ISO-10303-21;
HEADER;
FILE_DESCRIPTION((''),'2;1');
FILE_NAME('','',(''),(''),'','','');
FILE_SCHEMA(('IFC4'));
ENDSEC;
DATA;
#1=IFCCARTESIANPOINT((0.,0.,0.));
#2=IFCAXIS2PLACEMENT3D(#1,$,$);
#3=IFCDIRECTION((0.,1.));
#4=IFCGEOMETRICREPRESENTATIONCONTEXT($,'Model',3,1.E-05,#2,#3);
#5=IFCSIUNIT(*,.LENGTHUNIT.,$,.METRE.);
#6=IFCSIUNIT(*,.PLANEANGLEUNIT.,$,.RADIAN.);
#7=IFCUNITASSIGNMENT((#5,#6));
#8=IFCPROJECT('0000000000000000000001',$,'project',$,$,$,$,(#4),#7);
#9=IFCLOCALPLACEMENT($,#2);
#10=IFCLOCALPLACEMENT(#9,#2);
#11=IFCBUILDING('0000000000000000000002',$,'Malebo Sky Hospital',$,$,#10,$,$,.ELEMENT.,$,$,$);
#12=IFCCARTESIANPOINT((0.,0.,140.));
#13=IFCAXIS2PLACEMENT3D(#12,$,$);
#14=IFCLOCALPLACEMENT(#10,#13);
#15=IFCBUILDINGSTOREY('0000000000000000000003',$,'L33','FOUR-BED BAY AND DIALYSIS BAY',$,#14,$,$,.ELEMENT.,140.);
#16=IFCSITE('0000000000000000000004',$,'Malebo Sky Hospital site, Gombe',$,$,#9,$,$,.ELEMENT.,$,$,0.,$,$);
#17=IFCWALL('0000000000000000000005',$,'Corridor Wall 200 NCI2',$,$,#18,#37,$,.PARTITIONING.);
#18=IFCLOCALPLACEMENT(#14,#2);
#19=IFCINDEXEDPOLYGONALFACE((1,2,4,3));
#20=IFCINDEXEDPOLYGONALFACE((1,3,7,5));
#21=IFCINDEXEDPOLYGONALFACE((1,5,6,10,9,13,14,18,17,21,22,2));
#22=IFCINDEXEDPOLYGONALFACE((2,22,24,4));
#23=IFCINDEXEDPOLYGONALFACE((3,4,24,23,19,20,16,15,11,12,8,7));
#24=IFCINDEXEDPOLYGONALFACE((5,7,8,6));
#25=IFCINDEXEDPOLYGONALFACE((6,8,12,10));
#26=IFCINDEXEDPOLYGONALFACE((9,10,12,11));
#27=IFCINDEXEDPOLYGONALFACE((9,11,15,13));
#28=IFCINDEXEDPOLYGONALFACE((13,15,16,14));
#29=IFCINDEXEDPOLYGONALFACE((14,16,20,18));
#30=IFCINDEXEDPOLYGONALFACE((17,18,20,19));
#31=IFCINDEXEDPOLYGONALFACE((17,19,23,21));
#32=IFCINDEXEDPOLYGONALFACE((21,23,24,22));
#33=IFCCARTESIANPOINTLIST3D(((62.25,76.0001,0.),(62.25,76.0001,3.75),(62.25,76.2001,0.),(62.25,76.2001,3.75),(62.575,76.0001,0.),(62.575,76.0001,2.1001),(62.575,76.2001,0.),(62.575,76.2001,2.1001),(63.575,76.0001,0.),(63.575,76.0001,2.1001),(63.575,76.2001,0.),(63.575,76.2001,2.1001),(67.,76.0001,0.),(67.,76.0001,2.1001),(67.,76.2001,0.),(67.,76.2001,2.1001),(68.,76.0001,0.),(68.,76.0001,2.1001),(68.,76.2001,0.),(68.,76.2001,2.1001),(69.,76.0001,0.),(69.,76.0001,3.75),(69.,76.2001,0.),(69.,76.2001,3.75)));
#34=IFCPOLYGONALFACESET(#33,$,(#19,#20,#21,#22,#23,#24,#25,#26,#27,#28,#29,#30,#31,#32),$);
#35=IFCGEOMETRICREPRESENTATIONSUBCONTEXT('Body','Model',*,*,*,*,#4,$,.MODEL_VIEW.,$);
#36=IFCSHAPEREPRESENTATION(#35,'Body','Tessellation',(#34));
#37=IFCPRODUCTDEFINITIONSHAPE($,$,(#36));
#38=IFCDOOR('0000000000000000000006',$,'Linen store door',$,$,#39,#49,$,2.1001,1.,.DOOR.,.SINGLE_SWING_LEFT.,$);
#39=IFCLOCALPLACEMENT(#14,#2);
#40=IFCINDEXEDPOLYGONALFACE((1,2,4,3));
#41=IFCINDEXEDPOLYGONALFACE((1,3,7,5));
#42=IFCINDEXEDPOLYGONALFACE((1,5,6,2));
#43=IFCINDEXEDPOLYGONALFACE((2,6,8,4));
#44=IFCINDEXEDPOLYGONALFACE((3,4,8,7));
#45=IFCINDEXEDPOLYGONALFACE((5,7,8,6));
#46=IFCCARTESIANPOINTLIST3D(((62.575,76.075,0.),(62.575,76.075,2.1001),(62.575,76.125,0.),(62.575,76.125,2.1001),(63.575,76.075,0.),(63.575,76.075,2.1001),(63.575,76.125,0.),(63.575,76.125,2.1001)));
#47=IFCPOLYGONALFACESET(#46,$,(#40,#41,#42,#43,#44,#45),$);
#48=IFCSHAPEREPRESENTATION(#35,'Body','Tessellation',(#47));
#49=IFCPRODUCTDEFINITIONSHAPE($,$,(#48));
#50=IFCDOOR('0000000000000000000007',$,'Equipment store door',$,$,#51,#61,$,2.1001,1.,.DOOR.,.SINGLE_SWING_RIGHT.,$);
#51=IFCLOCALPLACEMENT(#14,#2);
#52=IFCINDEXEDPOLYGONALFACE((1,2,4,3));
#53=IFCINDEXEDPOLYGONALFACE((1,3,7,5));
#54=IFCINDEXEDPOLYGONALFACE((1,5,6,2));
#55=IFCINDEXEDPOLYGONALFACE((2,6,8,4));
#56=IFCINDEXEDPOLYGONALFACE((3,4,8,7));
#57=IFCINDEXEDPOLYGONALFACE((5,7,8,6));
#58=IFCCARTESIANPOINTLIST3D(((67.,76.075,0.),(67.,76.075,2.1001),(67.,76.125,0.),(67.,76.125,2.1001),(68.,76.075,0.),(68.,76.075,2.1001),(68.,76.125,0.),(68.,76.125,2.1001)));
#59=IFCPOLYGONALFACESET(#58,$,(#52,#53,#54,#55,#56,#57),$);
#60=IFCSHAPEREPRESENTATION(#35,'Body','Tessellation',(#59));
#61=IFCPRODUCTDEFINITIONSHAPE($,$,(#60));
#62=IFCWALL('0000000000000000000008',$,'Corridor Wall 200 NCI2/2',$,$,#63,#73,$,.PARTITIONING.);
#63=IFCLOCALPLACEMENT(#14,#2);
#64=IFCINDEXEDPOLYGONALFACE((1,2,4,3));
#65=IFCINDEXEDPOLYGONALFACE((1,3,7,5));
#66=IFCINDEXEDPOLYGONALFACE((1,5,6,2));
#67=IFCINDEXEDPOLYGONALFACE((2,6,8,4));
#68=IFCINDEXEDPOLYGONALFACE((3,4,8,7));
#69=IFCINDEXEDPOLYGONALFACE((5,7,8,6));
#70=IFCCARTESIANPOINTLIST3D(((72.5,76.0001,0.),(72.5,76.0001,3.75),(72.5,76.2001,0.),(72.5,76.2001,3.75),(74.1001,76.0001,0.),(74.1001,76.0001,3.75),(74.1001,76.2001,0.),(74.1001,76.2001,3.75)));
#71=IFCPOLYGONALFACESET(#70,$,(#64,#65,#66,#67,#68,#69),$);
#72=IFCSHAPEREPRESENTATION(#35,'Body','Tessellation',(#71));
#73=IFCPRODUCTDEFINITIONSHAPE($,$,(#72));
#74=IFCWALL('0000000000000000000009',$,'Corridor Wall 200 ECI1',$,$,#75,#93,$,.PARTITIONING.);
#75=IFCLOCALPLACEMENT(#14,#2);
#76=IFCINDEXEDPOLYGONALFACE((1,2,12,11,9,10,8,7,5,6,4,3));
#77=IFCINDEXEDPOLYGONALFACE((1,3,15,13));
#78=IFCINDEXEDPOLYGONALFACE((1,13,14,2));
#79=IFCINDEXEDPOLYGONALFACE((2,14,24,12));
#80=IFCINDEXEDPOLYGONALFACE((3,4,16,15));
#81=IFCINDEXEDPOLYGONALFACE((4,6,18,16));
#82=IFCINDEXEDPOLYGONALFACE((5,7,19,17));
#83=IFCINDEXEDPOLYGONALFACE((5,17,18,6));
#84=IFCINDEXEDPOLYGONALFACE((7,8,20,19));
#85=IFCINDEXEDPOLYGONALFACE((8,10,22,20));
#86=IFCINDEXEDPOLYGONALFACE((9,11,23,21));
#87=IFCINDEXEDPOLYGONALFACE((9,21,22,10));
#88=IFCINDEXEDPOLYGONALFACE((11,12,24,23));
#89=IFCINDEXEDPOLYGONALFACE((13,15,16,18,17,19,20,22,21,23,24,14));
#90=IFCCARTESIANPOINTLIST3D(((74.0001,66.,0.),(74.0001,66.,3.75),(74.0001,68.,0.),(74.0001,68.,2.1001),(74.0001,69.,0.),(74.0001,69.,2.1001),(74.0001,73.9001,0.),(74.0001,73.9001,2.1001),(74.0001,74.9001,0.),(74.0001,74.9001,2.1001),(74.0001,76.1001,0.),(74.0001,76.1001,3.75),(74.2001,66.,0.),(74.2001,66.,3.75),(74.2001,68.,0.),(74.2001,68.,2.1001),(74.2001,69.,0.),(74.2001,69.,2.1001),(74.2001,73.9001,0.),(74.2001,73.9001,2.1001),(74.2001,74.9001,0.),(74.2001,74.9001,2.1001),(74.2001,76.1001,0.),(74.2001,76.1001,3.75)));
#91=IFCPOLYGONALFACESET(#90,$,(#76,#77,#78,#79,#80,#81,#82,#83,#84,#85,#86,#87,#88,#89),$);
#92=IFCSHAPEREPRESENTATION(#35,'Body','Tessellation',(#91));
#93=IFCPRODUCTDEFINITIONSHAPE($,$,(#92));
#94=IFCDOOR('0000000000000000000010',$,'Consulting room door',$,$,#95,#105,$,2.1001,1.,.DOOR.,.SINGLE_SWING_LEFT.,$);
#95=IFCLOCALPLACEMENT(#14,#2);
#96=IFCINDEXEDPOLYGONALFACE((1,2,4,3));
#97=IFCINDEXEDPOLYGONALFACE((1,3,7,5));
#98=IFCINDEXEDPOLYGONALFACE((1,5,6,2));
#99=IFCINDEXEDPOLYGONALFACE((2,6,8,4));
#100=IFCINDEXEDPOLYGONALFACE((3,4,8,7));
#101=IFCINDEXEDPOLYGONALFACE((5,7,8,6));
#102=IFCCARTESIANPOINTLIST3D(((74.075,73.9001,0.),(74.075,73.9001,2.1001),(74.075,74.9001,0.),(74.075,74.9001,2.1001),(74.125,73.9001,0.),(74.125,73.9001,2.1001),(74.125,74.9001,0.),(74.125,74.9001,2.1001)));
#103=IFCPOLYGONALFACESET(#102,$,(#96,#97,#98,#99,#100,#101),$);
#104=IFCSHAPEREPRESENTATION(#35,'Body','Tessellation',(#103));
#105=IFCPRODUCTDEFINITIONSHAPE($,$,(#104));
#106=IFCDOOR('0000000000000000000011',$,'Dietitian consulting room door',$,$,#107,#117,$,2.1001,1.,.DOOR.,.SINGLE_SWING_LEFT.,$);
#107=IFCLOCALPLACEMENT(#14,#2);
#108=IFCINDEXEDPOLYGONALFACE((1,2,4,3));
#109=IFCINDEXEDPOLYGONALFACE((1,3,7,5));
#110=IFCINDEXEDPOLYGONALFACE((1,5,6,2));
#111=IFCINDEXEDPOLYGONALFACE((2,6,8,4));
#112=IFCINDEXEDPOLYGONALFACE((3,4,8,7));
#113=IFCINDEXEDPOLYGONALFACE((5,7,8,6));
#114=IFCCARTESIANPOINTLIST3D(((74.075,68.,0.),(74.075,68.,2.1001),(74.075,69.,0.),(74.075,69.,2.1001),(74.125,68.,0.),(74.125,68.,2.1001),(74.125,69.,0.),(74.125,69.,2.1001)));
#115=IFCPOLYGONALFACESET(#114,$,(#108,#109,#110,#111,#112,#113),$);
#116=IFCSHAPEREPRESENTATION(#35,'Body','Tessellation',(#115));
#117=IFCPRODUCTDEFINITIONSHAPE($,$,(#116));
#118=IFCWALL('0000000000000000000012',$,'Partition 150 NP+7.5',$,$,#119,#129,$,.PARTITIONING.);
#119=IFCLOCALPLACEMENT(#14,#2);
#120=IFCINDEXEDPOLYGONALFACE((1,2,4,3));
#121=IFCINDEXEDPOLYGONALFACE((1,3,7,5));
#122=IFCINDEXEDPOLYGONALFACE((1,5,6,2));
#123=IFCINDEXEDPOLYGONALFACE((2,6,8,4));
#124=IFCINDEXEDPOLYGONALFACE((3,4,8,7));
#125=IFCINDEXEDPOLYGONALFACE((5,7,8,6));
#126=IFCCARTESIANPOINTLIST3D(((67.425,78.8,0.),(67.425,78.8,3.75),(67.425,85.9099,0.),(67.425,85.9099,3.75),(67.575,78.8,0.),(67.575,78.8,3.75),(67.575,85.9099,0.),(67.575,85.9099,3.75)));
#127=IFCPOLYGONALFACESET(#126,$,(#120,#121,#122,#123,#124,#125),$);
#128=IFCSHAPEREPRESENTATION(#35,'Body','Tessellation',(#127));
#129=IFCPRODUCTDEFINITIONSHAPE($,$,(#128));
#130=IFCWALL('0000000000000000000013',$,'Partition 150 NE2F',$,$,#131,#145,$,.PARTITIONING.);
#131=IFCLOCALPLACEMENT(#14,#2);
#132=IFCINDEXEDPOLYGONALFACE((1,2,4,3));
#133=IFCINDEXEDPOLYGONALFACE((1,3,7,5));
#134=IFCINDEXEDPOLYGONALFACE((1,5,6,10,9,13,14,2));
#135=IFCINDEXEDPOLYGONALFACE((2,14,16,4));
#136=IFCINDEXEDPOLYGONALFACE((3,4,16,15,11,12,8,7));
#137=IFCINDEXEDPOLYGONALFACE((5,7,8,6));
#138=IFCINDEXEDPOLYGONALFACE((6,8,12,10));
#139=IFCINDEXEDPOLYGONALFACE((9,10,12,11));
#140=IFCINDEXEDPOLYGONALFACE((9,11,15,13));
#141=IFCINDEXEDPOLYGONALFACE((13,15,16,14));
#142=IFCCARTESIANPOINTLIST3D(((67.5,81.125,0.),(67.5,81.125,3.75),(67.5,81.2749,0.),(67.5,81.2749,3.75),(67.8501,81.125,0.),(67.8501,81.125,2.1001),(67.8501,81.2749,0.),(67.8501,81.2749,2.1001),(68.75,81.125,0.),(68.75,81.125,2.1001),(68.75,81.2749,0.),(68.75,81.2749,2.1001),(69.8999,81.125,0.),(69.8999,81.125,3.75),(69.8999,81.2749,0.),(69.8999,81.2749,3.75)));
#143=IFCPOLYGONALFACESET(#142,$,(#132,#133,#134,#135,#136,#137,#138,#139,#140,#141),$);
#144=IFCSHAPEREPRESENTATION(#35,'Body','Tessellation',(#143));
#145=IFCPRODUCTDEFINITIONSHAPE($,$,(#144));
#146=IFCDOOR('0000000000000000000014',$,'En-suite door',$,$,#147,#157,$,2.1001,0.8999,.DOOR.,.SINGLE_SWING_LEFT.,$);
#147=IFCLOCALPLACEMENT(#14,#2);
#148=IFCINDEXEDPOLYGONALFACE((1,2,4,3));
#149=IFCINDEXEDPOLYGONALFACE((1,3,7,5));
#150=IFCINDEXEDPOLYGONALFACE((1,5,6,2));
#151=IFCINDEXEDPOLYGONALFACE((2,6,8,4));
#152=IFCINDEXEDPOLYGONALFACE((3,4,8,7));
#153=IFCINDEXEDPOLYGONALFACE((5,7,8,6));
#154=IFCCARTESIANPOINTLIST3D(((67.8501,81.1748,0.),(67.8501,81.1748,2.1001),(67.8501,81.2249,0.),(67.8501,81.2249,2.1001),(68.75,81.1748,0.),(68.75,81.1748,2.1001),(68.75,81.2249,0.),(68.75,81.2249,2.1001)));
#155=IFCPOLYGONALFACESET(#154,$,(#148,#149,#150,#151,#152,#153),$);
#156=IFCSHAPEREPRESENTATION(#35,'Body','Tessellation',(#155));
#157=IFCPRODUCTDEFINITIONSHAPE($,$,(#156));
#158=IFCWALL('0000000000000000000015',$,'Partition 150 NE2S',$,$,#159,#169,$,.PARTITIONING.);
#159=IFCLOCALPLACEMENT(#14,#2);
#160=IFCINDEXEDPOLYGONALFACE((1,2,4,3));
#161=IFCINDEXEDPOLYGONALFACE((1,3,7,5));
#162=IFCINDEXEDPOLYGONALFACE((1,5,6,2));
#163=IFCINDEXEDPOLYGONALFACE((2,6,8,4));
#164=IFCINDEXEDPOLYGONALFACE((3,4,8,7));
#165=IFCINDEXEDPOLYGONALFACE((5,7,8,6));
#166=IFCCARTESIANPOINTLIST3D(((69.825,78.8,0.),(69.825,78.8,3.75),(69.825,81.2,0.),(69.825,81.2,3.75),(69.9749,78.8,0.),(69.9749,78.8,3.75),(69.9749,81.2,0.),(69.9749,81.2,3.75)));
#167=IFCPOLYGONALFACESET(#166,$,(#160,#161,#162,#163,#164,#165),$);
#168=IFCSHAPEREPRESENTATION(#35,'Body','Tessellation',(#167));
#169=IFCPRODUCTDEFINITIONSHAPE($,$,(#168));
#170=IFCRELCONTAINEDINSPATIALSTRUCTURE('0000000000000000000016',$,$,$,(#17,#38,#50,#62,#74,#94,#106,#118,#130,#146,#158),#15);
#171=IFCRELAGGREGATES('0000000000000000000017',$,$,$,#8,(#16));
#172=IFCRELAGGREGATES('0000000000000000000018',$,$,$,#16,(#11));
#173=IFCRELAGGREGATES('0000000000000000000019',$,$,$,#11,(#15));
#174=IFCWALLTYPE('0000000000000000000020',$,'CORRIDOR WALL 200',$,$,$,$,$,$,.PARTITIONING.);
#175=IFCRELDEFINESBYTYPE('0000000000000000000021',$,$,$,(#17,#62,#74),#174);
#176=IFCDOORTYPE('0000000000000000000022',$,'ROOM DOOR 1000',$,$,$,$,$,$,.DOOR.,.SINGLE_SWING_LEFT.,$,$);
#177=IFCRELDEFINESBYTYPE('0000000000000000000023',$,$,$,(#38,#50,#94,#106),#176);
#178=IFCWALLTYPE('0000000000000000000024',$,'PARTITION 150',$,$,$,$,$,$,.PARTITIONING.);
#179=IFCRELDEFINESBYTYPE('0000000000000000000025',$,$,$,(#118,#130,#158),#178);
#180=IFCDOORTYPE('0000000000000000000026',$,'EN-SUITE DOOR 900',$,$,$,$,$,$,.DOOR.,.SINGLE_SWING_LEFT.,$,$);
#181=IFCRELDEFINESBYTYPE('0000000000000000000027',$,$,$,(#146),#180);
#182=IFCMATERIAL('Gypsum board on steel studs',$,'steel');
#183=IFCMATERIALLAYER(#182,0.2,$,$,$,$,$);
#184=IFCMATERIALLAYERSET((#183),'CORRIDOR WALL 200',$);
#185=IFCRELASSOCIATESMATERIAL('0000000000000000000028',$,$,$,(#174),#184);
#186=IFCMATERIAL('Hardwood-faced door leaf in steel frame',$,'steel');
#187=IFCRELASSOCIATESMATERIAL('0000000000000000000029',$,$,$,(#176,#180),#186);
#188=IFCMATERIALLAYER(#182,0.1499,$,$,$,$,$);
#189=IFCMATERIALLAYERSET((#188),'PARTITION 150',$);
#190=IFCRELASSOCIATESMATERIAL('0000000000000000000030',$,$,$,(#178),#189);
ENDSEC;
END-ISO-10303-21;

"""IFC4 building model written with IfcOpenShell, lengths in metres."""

from ifc_helpers import new_model, si_unit, direction, frame, frame_2d, origin, place, context, subcontext, project, spatial, rectangle, extrude, material, layer, layer_set, type_object, element, fill, save


model = new_model("IFC4")

# Units and contexts
model_context = context("Model", 3, precision=1e-05, world=origin(), true_north=direction((0.0, 1.0)))
body_context = subcontext(model_context, "Body", "Model", "MODEL_VIEW")
ifc_project = project(units=[si_unit("LENGTHUNIT", "METRE"), si_unit("PLANEANGLEUNIT", "RADIAN")], contexts=[model_context])

# Site, building, storey
site_placement = place(None, origin())
site = spatial("IfcSite", under=ifc_project, at=site_placement, Name="Malebo Sky Hospital site, Gombe", CompositionType="ELEMENT", RefElevation=0.0)
building_placement = place(site_placement, origin())
building = spatial("IfcBuilding", under=site, at=building_placement, Name="Malebo Sky Hospital", CompositionType="ELEMENT")
storey_placement = place(building_placement, frame((0.0, 0.0, 140.0)))
storey = spatial("IfcBuildingStorey", under=building, at=storey_placement, Name="L33", Description="FOUR-BED BAY AND DIALYSIS BAY", CompositionType="ELEMENT", Elevation=140.0)

# Wall, openings, doors
ifc_material_1 = material(Name="Gypsum board on steel studs", Category="steel")
ifc_layer_1 = layer(ifc_material_1, 0.2)
ifc_layer_set_1 = layer_set([ifc_layer_1], Name="CORRIDOR WALL 200")
wall_type_1 = type_object("IfcWallType", Name="CORRIDOR WALL 200", PredefinedType="PARTITIONING", material=ifc_layer_set_1)
wall_1_placement = place(storey_placement, frame((62.25, 76.1001, 0.0), z_axis=(0.0, 0.0, 1.0), x_axis=(1.0, 0.0, 0.0)))
wall_1 = element("IfcWall", 1, at=wall_1_placement, inside=storey, type_object=wall_type_1, Name="Corridor Wall 200 NCI2", PredefinedType="PARTITIONING", context=body_context, shape_type="SweptSolid", body=[
    extrude(rectangle(XDim=6.75, YDim=0.2, at=frame_2d((3.375, 0.0))), origin(), (0.0, 0.0, 1.0), 3.75),
])
opening_1_placement = place(wall_1_placement, frame((0.325, 0.0, 0.0)))
opening_1 = element("IfcOpeningElement", 2, at=opening_1_placement, cuts=wall_1, PredefinedType="OPENING", context=body_context, shape_type="SweptSolid", body=[
    extrude(rectangle(XDim=1.0, YDim=2.1001, at=frame_2d((0.5, 1.05))), frame((0.0, 0.1099, 0.0), z_axis=(0.0, -1.0, 0.0), x_axis=(1.0, 0.0, 0.0)), (0.0, 0.0, 1.0), 0.22),
])
opening_2_placement = place(wall_1_placement, frame((4.75, 0.0, 0.0)))
opening_2 = element("IfcOpeningElement", 3, at=opening_2_placement, cuts=wall_1, PredefinedType="OPENING", context=body_context, shape_type="SweptSolid", body=[
    extrude(rectangle(XDim=1.0, YDim=2.1001, at=frame_2d((0.5, 1.05))), frame((0.0, 0.1099, 0.0), z_axis=(0.0, -1.0, 0.0), x_axis=(1.0, 0.0, 0.0)), (0.0, 0.0, 1.0), 0.22),
])
ifc_material_2 = material(Name="Hardwood-faced door leaf in steel frame", Category="steel")
door_type_1 = type_object("IfcDoorType", Name="ROOM DOOR 1000", OperationType="SINGLE_SWING_LEFT", PredefinedType="DOOR", material=ifc_material_2)
door_1_placement = place(opening_1_placement, origin())
door_1 = element("IfcDoor", 4, at=door_1_placement, inside=storey, type_object=door_type_1, Name="Linen store door", OperationType="SINGLE_SWING_LEFT", OverallHeight=2.1001, OverallWidth=1.0, PredefinedType="DOOR", context=body_context, shape_type="SweptSolid", body=[
    extrude(rectangle(XDim=1.0, YDim=2.1001, at=frame_2d((0.5, 1.05))), frame((0.0, 0.0249, 0.0), z_axis=(0.0, -1.0, 0.0), x_axis=(1.0, 0.0, 0.0)), (0.0, 0.0, 1.0), 0.05),
])
fill(opening_1, door_1)
door_2_placement = place(opening_2_placement, origin())
door_2 = element("IfcDoor", 5, at=door_2_placement, inside=storey, type_object=door_type_1, Name="Equipment store door", OperationType="SINGLE_SWING_RIGHT", OverallHeight=2.1001, OverallWidth=1.0, PredefinedType="DOOR", context=body_context, shape_type="SweptSolid", body=[
    extrude(rectangle(XDim=1.0, YDim=2.1001, at=frame_2d((0.5, 1.05))), frame((0.0, 0.0249, 0.0), z_axis=(0.0, -1.0, 0.0), x_axis=(1.0, 0.0, 0.0)), (0.0, 0.0, 1.0), 0.05),
])
fill(opening_2, door_2)

# Wall
wall_2_placement = place(storey_placement, frame((72.5, 76.1001, 0.0), z_axis=(0.0, 0.0, 1.0), x_axis=(1.0, 0.0, 0.0)))
element("IfcWall", 6, at=wall_2_placement, inside=storey, type_object=wall_type_1, Name="Corridor Wall 200 NCI2/2", PredefinedType="PARTITIONING", context=body_context, shape_type="SweptSolid", body=[
    extrude(rectangle(XDim=1.6001, YDim=0.2, at=frame_2d((0.8, 0.0))), origin(), (0.0, 0.0, 1.0), 3.75),
])

# Wall, openings, doors
wall_3_placement = place(storey_placement, frame((74.1001, 76.1001, 0.0), z_axis=(0.0, 0.0, 1.0), x_axis=(0.0, -1.0, 0.0)))
wall_3 = element("IfcWall", 7, at=wall_3_placement, inside=storey, type_object=wall_type_1, Name="Corridor Wall 200 ECI1", PredefinedType="PARTITIONING", context=body_context, shape_type="SweptSolid", body=[
    extrude(rectangle(XDim=10.1001, YDim=0.2, at=frame_2d((5.05, 0.0))), origin(), (0.0, 0.0, 1.0), 3.75),
])
opening_3_placement = place(wall_3_placement, frame((1.2, 0.0, 0.0)))
opening_3 = element("IfcOpeningElement", 8, at=opening_3_placement, cuts=wall_3, PredefinedType="OPENING", context=body_context, shape_type="SweptSolid", body=[
    extrude(rectangle(XDim=1.0, YDim=2.1001, at=frame_2d((0.5, 1.05))), frame((0.0, 0.1099, 0.0), z_axis=(0.0, -1.0, 0.0), x_axis=(1.0, 0.0, 0.0)), (0.0, 0.0, 1.0), 0.22),
])
opening_4_placement = place(wall_3_placement, frame((7.1001, 0.0, 0.0)))
opening_4 = element("IfcOpeningElement", 9, at=opening_4_placement, cuts=wall_3, PredefinedType="OPENING", context=body_context, shape_type="SweptSolid", body=[
    extrude(rectangle(XDim=1.0, YDim=2.1001, at=frame_2d((0.5, 1.05))), frame((0.0, 0.1099, 0.0), z_axis=(0.0, -1.0, 0.0), x_axis=(1.0, 0.0, 0.0)), (0.0, 0.0, 1.0), 0.22),
])
door_3_placement = place(opening_3_placement, origin())
door_3 = element("IfcDoor", 10, at=door_3_placement, inside=storey, type_object=door_type_1, Name="Consulting room door", OperationType="SINGLE_SWING_LEFT", OverallHeight=2.1001, OverallWidth=1.0, PredefinedType="DOOR", context=body_context, shape_type="SweptSolid", body=[
    extrude(rectangle(XDim=1.0, YDim=2.1001, at=frame_2d((0.5, 1.05))), frame((0.0, 0.0249, 0.0), z_axis=(0.0, -1.0, 0.0), x_axis=(1.0, 0.0, 0.0)), (0.0, 0.0, 1.0), 0.05),
])
fill(opening_3, door_3)
door_4_placement = place(opening_4_placement, origin())
door_4 = element("IfcDoor", 11, at=door_4_placement, inside=storey, type_object=door_type_1, Name="Dietitian consulting room door", OperationType="SINGLE_SWING_LEFT", OverallHeight=2.1001, OverallWidth=1.0, PredefinedType="DOOR", context=body_context, shape_type="SweptSolid", body=[
    extrude(rectangle(XDim=1.0, YDim=2.1001, at=frame_2d((0.5, 1.05))), frame((0.0, 0.0249, 0.0), z_axis=(0.0, -1.0, 0.0), x_axis=(1.0, 0.0, 0.0)), (0.0, 0.0, 1.0), 0.05),
])
fill(opening_4, door_4)

# Wall
ifc_layer_2 = layer(ifc_material_1, 0.1499)
ifc_layer_set_2 = layer_set([ifc_layer_2], Name="PARTITION 150")
wall_type_2 = type_object("IfcWallType", Name="PARTITION 150", PredefinedType="PARTITIONING", material=ifc_layer_set_2)
wall_4_placement = place(storey_placement, frame((67.5, 78.8, 0.0), z_axis=(0.0, 0.0, 1.0), x_axis=(0.0, 1.0, 0.0)))
element("IfcWall", 12, at=wall_4_placement, inside=storey, type_object=wall_type_2, Name="Partition 150 NP+7.5", PredefinedType="PARTITIONING", context=body_context, shape_type="SweptSolid", body=[
    extrude(rectangle(XDim=7.1099, YDim=0.1499, at=frame_2d((3.5549, 0.0))), origin(), (0.0, 0.0, 1.0), 3.75),
])

# Wall, opening, door
wall_5_placement = place(storey_placement, frame((67.5, 81.2, 0.0), z_axis=(0.0, 0.0, 1.0), x_axis=(1.0, 0.0, 0.0)))
wall_5 = element("IfcWall", 13, at=wall_5_placement, inside=storey, type_object=wall_type_2, Name="Partition 150 NE2F", PredefinedType="PARTITIONING", context=body_context, shape_type="SweptSolid", body=[
    extrude(rectangle(XDim=2.3999, YDim=0.1499, at=frame_2d((1.2, 0.0))), origin(), (0.0, 0.0, 1.0), 3.75),
])
opening_5_placement = place(wall_5_placement, frame((0.3501, 0.0, 0.0)))
opening_5 = element("IfcOpeningElement", 14, at=opening_5_placement, cuts=wall_5, PredefinedType="OPENING", context=body_context, shape_type="SweptSolid", body=[
    extrude(rectangle(XDim=0.8999, YDim=2.1001, at=frame_2d((0.45, 1.05))), frame((0.0, 0.085, 0.0), z_axis=(0.0, -1.0, 0.0), x_axis=(1.0, 0.0, 0.0)), (0.0, 0.0, 1.0), 0.1699),
])
door_type_2 = type_object("IfcDoorType", Name="EN-SUITE DOOR 900", OperationType="SINGLE_SWING_LEFT", PredefinedType="DOOR", material=ifc_material_2)
door_5_placement = place(opening_5_placement, origin())
door_5 = element("IfcDoor", 15, at=door_5_placement, inside=storey, type_object=door_type_2, Name="En-suite door", OperationType="SINGLE_SWING_LEFT", OverallHeight=2.1001, OverallWidth=0.8999, PredefinedType="DOOR", context=body_context, shape_type="SweptSolid", body=[
    extrude(rectangle(XDim=0.8999, YDim=2.1001, at=frame_2d((0.45, 1.05))), frame((0.0, 0.0249, 0.0), z_axis=(0.0, -1.0, 0.0), x_axis=(1.0, 0.0, 0.0)), (0.0, 0.0, 1.0), 0.05),
])
fill(opening_5, door_5)

# Wall
for number, where, z_axis, x_axis, name in (
    (16, (69.8999, 78.8, 0.0), (0.0, 0.0, 1.0), (0.0, 1.0, 0.0), "Partition 150 NE2S"),
):
    element("IfcWall", number, at=place(storey_placement, frame(where, z_axis=z_axis, x_axis=x_axis)), inside=storey, type_object=wall_type_2, Name=name, PredefinedType="PARTITIONING", context=body_context, shape_type="SweptSolid", body=[
        extrude(rectangle(XDim=2.3999, YDim=0.1499, at=frame_2d((1.2, 0.0))), origin(), (0.0, 0.0, 1.0), 3.75),
    ])

save(model, "model.ifc")
